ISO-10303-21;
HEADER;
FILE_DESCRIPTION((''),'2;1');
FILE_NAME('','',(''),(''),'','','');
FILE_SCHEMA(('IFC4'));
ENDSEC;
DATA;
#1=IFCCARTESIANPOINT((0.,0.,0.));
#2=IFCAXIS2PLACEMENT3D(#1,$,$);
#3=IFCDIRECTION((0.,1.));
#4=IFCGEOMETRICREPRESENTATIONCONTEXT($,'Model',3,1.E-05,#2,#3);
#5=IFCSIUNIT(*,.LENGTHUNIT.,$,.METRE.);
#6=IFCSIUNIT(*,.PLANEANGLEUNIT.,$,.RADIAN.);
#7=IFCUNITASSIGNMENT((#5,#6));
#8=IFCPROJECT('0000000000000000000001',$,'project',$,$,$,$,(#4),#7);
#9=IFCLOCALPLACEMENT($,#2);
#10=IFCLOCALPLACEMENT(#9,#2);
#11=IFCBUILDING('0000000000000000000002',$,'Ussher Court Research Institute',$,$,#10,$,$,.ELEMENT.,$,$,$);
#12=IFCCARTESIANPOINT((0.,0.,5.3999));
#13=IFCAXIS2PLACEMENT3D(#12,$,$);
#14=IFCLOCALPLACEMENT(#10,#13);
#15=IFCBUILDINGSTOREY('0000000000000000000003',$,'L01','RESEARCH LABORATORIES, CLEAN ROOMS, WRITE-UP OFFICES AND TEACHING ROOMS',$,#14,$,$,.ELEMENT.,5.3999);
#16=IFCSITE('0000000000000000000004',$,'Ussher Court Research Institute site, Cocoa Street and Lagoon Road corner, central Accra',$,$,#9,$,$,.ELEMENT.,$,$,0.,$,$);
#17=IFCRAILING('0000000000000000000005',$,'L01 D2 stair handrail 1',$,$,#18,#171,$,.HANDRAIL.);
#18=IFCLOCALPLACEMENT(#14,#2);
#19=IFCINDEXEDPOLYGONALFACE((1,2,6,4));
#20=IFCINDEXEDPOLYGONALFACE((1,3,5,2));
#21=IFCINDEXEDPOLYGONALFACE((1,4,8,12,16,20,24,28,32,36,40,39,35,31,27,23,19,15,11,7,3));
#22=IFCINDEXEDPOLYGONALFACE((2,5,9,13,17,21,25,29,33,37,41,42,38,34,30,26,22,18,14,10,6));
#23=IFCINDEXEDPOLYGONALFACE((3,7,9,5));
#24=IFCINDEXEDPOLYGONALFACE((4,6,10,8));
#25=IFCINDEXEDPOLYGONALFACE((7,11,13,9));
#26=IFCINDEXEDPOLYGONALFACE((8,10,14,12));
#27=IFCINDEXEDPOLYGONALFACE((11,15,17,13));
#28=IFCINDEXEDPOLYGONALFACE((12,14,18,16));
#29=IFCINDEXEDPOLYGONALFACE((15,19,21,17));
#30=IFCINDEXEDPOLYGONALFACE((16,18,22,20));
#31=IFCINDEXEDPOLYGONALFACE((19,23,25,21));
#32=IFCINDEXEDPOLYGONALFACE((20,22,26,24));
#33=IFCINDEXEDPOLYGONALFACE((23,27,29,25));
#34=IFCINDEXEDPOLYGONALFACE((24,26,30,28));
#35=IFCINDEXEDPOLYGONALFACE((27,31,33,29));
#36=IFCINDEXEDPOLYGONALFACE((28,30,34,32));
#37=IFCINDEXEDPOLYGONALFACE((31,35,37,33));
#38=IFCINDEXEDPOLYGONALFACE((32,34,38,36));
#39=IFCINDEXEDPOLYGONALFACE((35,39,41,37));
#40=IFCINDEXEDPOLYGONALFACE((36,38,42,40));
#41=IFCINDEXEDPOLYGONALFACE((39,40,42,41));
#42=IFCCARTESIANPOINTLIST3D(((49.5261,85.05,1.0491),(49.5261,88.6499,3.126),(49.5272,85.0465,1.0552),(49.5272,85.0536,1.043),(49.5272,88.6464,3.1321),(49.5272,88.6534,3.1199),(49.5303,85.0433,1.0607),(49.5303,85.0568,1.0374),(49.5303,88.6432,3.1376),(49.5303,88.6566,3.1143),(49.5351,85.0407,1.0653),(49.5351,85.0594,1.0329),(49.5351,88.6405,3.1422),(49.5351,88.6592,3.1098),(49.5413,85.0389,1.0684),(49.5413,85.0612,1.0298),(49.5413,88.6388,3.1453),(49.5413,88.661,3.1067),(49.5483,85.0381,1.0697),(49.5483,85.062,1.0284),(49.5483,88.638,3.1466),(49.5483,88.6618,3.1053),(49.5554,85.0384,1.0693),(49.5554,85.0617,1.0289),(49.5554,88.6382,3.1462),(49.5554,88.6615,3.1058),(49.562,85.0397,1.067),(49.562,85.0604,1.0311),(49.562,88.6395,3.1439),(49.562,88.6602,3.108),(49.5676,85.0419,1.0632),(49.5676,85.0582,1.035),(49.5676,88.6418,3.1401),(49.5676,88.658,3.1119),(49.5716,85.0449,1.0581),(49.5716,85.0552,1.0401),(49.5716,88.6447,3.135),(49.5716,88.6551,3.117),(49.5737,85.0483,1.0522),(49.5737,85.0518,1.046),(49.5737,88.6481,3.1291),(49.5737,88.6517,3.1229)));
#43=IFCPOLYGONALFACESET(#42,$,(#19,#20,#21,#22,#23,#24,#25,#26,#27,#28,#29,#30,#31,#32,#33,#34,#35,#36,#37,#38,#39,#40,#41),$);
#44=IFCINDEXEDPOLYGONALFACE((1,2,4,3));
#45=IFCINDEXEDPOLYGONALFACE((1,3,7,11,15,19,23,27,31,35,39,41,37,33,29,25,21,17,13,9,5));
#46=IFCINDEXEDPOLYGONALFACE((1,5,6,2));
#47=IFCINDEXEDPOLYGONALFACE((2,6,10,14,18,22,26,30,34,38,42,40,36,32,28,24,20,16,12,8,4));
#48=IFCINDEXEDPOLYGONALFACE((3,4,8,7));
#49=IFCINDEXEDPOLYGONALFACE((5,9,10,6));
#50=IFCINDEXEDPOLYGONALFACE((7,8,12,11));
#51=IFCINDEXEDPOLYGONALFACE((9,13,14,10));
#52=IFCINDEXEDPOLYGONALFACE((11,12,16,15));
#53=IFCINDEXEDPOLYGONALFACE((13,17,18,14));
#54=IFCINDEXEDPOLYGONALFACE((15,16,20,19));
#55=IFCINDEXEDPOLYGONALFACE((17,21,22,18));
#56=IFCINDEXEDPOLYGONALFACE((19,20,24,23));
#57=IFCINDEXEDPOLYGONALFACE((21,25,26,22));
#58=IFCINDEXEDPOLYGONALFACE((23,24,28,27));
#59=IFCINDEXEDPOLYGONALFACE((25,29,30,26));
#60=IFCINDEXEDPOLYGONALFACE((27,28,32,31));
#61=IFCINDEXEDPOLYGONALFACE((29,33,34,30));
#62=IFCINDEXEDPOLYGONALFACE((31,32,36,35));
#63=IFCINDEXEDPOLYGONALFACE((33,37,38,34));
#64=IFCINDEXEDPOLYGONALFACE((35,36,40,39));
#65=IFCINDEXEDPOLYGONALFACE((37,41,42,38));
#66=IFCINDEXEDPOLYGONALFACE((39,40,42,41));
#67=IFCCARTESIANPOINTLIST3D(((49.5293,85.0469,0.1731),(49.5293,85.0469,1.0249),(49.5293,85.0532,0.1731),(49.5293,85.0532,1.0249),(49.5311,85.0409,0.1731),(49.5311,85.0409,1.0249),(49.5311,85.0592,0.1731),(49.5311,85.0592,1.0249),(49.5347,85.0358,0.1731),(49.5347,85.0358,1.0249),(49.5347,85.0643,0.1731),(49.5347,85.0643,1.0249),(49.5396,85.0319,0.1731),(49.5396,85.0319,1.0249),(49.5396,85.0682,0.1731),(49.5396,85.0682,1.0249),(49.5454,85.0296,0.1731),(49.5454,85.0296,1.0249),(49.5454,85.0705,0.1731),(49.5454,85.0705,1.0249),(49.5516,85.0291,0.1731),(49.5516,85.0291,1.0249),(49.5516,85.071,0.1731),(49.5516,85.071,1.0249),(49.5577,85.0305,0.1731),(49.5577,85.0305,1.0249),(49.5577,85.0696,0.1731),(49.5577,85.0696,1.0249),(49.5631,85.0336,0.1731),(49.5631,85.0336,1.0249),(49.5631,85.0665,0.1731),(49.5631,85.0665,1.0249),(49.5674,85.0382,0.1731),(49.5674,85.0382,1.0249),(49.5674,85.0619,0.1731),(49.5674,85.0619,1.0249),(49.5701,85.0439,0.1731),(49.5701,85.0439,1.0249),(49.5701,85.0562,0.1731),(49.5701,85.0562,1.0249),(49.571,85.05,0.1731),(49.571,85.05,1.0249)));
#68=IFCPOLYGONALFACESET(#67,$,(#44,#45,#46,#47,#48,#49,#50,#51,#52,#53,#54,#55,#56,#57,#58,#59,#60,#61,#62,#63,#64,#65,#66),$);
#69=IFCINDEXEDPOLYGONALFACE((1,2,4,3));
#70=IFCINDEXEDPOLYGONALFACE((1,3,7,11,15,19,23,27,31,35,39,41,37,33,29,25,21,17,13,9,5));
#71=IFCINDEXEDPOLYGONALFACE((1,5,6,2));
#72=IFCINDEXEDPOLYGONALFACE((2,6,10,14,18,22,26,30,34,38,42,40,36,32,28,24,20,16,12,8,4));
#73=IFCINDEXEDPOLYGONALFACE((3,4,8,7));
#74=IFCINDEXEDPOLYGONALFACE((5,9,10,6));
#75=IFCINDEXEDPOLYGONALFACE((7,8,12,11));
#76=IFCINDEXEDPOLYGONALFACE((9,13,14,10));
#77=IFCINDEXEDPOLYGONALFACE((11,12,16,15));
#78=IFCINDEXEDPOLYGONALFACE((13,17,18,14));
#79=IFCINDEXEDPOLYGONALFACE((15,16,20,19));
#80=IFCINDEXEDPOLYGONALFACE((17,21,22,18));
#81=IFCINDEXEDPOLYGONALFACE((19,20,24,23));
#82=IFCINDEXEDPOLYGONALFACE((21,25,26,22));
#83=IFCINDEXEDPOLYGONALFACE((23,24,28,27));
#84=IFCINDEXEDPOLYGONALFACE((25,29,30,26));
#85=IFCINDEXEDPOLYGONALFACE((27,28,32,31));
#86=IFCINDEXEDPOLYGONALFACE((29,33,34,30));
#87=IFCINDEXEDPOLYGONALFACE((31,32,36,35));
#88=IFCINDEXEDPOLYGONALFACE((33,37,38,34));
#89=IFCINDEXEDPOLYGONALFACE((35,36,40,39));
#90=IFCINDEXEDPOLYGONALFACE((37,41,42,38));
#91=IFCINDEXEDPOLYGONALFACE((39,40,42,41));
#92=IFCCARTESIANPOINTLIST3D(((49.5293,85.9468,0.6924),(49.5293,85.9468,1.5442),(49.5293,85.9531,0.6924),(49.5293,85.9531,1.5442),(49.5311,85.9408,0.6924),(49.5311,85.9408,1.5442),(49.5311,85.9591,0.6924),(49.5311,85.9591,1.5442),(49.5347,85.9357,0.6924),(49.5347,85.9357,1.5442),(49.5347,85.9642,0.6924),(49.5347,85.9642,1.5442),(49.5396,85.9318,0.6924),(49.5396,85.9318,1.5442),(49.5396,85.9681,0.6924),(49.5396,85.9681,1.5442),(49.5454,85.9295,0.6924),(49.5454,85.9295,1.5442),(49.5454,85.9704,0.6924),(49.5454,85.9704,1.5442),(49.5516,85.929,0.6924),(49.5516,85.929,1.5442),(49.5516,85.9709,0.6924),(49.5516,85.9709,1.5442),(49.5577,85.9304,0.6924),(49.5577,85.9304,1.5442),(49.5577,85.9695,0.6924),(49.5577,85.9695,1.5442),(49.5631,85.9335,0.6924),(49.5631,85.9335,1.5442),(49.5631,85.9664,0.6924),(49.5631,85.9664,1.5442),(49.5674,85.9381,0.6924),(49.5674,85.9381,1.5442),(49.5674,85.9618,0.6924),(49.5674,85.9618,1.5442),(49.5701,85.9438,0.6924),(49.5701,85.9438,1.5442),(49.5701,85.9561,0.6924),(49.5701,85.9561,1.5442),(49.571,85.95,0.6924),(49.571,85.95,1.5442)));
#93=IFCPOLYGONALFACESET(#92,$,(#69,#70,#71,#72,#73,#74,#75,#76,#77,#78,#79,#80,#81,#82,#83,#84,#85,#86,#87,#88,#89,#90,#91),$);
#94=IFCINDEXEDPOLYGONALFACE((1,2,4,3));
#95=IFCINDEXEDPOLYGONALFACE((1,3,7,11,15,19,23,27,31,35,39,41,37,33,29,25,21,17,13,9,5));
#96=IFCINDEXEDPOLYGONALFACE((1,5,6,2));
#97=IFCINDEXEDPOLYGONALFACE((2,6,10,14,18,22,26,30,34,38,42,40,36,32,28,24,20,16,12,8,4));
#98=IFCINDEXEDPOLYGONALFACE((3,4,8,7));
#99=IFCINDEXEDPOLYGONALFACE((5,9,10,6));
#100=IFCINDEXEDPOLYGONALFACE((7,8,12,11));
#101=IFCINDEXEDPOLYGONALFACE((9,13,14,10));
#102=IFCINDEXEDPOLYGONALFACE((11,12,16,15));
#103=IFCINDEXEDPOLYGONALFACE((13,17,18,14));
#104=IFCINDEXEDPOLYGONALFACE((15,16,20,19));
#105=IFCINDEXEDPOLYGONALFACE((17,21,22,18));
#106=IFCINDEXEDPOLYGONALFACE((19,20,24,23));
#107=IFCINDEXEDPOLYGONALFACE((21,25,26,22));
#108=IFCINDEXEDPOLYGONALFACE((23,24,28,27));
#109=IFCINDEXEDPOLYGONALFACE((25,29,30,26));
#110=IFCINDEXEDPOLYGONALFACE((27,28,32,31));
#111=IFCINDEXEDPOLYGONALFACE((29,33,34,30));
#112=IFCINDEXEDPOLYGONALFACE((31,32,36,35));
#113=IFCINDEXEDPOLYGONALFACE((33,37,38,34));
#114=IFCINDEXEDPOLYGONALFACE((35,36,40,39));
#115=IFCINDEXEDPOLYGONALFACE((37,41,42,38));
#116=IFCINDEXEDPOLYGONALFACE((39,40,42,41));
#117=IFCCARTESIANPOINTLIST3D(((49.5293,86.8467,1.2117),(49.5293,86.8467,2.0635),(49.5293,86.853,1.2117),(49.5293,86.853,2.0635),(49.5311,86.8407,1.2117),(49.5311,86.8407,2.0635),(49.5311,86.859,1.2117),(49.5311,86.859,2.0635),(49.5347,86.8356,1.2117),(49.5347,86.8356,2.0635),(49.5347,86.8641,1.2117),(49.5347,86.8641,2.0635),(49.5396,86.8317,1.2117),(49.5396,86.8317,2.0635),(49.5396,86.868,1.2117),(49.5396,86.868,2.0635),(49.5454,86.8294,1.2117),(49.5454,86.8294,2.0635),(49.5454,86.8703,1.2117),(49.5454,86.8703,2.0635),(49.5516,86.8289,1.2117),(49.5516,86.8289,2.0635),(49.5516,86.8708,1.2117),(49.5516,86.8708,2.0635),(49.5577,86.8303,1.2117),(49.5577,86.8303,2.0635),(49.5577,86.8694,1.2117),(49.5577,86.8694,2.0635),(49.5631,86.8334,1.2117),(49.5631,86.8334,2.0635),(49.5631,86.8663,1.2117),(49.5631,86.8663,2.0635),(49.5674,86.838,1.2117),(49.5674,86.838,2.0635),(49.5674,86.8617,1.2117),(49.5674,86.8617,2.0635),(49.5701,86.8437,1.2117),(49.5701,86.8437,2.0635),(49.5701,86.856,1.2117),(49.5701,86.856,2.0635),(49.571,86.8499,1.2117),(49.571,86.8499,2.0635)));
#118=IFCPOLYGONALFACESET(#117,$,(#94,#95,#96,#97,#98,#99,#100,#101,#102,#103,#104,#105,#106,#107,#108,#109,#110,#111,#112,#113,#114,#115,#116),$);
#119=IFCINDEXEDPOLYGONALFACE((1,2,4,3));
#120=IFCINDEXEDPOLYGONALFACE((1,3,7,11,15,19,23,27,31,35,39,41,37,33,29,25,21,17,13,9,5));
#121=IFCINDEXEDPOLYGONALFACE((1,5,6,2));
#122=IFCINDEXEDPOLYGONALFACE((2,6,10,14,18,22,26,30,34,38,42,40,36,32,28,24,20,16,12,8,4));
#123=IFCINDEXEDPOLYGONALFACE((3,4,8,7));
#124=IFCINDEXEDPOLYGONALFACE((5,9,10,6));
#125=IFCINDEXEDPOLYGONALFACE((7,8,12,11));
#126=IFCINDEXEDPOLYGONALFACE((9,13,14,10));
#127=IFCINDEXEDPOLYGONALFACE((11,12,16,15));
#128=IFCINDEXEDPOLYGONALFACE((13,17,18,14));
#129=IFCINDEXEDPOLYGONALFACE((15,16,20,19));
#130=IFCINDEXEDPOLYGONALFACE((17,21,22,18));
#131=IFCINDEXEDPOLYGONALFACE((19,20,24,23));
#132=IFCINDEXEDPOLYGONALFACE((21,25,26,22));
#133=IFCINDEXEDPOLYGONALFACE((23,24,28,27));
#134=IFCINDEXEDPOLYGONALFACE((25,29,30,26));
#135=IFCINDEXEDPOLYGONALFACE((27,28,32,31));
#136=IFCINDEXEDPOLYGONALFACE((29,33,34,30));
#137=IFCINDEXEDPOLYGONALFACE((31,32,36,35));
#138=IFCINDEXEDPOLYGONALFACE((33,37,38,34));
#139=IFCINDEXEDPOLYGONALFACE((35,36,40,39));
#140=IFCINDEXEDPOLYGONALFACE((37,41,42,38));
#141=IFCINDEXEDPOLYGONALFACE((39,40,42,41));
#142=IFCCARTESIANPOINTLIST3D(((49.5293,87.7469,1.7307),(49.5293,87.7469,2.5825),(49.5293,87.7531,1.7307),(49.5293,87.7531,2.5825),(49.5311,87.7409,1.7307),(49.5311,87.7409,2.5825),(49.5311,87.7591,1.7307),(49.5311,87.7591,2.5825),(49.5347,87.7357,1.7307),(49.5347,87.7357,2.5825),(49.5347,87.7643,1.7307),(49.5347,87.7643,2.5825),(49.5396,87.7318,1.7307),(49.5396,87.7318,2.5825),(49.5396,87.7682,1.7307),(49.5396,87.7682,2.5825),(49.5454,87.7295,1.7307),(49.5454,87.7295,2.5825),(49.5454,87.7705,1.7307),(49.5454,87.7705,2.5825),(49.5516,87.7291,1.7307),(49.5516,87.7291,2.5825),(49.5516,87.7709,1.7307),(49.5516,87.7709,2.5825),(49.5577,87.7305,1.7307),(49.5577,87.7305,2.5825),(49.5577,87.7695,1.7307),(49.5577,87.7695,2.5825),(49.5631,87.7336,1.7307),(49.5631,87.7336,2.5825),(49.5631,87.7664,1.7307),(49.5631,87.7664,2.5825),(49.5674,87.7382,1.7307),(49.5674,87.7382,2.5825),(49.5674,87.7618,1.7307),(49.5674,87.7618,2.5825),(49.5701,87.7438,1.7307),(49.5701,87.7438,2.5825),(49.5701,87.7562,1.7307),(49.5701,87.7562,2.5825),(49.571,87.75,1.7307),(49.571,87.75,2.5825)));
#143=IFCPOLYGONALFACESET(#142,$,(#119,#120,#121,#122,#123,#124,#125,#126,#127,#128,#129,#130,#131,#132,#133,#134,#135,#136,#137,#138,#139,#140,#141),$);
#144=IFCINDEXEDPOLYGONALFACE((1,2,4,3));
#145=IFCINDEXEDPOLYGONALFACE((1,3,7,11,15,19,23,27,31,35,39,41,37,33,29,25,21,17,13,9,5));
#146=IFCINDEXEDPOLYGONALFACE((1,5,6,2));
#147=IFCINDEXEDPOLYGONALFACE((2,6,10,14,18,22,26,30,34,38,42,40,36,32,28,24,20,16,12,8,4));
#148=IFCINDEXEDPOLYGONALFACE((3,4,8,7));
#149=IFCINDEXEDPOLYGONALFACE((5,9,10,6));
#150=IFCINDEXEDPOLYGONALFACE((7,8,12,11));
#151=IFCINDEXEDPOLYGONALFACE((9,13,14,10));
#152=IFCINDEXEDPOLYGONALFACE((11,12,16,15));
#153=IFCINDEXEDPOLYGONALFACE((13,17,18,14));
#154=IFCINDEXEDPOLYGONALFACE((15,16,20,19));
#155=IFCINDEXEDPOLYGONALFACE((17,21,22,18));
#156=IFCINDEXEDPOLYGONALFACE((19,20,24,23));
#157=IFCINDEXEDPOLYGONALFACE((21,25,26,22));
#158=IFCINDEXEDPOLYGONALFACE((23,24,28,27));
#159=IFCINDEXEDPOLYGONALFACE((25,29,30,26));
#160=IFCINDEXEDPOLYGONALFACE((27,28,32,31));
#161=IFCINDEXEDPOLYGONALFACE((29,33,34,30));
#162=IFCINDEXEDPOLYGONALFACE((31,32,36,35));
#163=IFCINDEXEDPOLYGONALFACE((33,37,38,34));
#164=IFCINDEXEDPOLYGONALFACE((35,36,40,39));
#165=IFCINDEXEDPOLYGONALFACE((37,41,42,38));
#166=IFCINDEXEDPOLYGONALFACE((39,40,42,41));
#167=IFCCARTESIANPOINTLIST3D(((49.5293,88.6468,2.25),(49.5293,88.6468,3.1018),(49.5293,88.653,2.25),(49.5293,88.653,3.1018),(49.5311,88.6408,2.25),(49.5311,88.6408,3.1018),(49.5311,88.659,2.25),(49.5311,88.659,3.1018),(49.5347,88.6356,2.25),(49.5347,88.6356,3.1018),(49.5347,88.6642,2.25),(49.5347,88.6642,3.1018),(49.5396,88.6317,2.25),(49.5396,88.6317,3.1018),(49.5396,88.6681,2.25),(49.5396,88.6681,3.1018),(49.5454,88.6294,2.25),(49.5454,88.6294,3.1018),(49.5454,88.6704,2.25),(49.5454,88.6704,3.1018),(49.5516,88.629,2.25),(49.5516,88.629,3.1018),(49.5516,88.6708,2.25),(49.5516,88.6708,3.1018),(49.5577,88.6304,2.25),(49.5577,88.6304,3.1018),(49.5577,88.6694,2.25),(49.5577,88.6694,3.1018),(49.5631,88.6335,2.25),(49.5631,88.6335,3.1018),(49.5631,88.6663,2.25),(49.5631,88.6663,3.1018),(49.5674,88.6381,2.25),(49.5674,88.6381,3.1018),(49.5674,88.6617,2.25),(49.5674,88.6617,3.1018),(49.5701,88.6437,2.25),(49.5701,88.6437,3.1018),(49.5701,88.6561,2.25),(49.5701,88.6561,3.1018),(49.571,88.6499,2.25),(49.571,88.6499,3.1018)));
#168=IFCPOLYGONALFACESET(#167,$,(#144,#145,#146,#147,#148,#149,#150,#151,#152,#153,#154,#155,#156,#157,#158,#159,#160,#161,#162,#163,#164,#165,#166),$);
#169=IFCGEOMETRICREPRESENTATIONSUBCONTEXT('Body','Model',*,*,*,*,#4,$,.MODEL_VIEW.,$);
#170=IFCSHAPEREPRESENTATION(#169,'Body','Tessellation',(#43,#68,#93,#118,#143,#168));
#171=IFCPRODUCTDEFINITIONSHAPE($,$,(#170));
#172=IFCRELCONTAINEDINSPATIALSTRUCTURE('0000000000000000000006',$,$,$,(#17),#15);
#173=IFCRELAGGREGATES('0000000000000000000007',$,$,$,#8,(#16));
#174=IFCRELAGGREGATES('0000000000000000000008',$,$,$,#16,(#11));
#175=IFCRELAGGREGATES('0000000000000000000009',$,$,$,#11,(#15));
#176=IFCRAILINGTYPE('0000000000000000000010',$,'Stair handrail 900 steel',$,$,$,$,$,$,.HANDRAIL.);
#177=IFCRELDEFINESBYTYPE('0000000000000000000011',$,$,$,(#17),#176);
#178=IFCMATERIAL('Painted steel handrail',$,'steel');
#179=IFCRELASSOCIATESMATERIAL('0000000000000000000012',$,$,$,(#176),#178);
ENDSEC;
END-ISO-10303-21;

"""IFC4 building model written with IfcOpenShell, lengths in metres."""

from ifc_helpers import new_model, si_unit, direction, frame, origin, origin_2d, place, context, subcontext, project, spatial, circle, extrude, material, type_object, element, save


model = new_model("IFC4")

# Units and contexts
model_context = context("Model", 3, precision=1e-05, world=origin(), true_north=direction((0.0, 1.0)))
body_context = subcontext(model_context, "Body", "Model", "MODEL_VIEW")
ifc_project = project(units=[si_unit("LENGTHUNIT", "METRE"), si_unit("PLANEANGLEUNIT", "RADIAN")], contexts=[model_context])

# Site, building, storey
site_placement = place(None, origin())
site = spatial("IfcSite", under=ifc_project, at=site_placement, Name="Ussher Court Research Institute site, Cocoa Street and Lagoon Road corner, central Accra", CompositionType="ELEMENT", RefElevation=0.0)
building_placement = place(site_placement, origin())
building = spatial("IfcBuilding", under=site, at=building_placement, Name="Ussher Court Research Institute", CompositionType="ELEMENT")
storey_placement = place(building_placement, frame((0.0, 0.0, 5.3999)))
storey = spatial("IfcBuildingStorey", under=building, at=storey_placement, Name="L01", Description="RESEARCH LABORATORIES, CLEAN ROOMS, WRITE-UP OFFICES AND TEACHING ROOMS", CompositionType="ELEMENT", Elevation=5.3999)

# Railing
ifc_material_1 = material(Name="Painted steel handrail", Category="steel")
railing_type_1 = type_object("IfcRailingType", Name="Stair handrail 900 steel", PredefinedType="HANDRAIL", material=ifc_material_1)
railing_1_placement = place(storey_placement, frame((49.55, 85.05, 0.1731)))
element("IfcRailing", 1, at=railing_1_placement, inside=storey, type_object=railing_type_1, Name="L01 D2 stair handrail 1", PredefinedType="HANDRAIL", context=body_context, shape_type="SweptSolid", body=[
    extrude(circle(Radius=0.0239, at=origin_2d()), frame((0.0, 0.0, 0.876), z_axis=(0.0, 0.866179, 0.499734), x_axis=(-1.0, 0.0, 0.0)), (0.0, 0.0, 1.0), 4.156),
    extrude(circle(Radius=0.021, at=origin_2d()), origin(), (0.0, 0.0, 1.0), 0.8518),
    extrude(circle(Radius=0.021, at=origin_2d()), frame((0.0, 0.8999, 0.5193)), (0.0, 0.0, 1.0), 0.8518),
    extrude(circle(Radius=0.021, at=origin_2d()), frame((0.0, 1.7998, 1.0386)), (0.0, 0.0, 1.0), 0.8518),
    extrude(circle(Radius=0.021, at=origin_2d()), frame((0.0, 2.7, 1.5576)), (0.0, 0.0, 1.0), 0.8518),
    extrude(circle(Radius=0.021, at=origin_2d()), frame((0.0, 3.5999, 2.0769)), (0.0, 0.0, 1.0), 0.8518),
])

save(model, "model.ifc")
